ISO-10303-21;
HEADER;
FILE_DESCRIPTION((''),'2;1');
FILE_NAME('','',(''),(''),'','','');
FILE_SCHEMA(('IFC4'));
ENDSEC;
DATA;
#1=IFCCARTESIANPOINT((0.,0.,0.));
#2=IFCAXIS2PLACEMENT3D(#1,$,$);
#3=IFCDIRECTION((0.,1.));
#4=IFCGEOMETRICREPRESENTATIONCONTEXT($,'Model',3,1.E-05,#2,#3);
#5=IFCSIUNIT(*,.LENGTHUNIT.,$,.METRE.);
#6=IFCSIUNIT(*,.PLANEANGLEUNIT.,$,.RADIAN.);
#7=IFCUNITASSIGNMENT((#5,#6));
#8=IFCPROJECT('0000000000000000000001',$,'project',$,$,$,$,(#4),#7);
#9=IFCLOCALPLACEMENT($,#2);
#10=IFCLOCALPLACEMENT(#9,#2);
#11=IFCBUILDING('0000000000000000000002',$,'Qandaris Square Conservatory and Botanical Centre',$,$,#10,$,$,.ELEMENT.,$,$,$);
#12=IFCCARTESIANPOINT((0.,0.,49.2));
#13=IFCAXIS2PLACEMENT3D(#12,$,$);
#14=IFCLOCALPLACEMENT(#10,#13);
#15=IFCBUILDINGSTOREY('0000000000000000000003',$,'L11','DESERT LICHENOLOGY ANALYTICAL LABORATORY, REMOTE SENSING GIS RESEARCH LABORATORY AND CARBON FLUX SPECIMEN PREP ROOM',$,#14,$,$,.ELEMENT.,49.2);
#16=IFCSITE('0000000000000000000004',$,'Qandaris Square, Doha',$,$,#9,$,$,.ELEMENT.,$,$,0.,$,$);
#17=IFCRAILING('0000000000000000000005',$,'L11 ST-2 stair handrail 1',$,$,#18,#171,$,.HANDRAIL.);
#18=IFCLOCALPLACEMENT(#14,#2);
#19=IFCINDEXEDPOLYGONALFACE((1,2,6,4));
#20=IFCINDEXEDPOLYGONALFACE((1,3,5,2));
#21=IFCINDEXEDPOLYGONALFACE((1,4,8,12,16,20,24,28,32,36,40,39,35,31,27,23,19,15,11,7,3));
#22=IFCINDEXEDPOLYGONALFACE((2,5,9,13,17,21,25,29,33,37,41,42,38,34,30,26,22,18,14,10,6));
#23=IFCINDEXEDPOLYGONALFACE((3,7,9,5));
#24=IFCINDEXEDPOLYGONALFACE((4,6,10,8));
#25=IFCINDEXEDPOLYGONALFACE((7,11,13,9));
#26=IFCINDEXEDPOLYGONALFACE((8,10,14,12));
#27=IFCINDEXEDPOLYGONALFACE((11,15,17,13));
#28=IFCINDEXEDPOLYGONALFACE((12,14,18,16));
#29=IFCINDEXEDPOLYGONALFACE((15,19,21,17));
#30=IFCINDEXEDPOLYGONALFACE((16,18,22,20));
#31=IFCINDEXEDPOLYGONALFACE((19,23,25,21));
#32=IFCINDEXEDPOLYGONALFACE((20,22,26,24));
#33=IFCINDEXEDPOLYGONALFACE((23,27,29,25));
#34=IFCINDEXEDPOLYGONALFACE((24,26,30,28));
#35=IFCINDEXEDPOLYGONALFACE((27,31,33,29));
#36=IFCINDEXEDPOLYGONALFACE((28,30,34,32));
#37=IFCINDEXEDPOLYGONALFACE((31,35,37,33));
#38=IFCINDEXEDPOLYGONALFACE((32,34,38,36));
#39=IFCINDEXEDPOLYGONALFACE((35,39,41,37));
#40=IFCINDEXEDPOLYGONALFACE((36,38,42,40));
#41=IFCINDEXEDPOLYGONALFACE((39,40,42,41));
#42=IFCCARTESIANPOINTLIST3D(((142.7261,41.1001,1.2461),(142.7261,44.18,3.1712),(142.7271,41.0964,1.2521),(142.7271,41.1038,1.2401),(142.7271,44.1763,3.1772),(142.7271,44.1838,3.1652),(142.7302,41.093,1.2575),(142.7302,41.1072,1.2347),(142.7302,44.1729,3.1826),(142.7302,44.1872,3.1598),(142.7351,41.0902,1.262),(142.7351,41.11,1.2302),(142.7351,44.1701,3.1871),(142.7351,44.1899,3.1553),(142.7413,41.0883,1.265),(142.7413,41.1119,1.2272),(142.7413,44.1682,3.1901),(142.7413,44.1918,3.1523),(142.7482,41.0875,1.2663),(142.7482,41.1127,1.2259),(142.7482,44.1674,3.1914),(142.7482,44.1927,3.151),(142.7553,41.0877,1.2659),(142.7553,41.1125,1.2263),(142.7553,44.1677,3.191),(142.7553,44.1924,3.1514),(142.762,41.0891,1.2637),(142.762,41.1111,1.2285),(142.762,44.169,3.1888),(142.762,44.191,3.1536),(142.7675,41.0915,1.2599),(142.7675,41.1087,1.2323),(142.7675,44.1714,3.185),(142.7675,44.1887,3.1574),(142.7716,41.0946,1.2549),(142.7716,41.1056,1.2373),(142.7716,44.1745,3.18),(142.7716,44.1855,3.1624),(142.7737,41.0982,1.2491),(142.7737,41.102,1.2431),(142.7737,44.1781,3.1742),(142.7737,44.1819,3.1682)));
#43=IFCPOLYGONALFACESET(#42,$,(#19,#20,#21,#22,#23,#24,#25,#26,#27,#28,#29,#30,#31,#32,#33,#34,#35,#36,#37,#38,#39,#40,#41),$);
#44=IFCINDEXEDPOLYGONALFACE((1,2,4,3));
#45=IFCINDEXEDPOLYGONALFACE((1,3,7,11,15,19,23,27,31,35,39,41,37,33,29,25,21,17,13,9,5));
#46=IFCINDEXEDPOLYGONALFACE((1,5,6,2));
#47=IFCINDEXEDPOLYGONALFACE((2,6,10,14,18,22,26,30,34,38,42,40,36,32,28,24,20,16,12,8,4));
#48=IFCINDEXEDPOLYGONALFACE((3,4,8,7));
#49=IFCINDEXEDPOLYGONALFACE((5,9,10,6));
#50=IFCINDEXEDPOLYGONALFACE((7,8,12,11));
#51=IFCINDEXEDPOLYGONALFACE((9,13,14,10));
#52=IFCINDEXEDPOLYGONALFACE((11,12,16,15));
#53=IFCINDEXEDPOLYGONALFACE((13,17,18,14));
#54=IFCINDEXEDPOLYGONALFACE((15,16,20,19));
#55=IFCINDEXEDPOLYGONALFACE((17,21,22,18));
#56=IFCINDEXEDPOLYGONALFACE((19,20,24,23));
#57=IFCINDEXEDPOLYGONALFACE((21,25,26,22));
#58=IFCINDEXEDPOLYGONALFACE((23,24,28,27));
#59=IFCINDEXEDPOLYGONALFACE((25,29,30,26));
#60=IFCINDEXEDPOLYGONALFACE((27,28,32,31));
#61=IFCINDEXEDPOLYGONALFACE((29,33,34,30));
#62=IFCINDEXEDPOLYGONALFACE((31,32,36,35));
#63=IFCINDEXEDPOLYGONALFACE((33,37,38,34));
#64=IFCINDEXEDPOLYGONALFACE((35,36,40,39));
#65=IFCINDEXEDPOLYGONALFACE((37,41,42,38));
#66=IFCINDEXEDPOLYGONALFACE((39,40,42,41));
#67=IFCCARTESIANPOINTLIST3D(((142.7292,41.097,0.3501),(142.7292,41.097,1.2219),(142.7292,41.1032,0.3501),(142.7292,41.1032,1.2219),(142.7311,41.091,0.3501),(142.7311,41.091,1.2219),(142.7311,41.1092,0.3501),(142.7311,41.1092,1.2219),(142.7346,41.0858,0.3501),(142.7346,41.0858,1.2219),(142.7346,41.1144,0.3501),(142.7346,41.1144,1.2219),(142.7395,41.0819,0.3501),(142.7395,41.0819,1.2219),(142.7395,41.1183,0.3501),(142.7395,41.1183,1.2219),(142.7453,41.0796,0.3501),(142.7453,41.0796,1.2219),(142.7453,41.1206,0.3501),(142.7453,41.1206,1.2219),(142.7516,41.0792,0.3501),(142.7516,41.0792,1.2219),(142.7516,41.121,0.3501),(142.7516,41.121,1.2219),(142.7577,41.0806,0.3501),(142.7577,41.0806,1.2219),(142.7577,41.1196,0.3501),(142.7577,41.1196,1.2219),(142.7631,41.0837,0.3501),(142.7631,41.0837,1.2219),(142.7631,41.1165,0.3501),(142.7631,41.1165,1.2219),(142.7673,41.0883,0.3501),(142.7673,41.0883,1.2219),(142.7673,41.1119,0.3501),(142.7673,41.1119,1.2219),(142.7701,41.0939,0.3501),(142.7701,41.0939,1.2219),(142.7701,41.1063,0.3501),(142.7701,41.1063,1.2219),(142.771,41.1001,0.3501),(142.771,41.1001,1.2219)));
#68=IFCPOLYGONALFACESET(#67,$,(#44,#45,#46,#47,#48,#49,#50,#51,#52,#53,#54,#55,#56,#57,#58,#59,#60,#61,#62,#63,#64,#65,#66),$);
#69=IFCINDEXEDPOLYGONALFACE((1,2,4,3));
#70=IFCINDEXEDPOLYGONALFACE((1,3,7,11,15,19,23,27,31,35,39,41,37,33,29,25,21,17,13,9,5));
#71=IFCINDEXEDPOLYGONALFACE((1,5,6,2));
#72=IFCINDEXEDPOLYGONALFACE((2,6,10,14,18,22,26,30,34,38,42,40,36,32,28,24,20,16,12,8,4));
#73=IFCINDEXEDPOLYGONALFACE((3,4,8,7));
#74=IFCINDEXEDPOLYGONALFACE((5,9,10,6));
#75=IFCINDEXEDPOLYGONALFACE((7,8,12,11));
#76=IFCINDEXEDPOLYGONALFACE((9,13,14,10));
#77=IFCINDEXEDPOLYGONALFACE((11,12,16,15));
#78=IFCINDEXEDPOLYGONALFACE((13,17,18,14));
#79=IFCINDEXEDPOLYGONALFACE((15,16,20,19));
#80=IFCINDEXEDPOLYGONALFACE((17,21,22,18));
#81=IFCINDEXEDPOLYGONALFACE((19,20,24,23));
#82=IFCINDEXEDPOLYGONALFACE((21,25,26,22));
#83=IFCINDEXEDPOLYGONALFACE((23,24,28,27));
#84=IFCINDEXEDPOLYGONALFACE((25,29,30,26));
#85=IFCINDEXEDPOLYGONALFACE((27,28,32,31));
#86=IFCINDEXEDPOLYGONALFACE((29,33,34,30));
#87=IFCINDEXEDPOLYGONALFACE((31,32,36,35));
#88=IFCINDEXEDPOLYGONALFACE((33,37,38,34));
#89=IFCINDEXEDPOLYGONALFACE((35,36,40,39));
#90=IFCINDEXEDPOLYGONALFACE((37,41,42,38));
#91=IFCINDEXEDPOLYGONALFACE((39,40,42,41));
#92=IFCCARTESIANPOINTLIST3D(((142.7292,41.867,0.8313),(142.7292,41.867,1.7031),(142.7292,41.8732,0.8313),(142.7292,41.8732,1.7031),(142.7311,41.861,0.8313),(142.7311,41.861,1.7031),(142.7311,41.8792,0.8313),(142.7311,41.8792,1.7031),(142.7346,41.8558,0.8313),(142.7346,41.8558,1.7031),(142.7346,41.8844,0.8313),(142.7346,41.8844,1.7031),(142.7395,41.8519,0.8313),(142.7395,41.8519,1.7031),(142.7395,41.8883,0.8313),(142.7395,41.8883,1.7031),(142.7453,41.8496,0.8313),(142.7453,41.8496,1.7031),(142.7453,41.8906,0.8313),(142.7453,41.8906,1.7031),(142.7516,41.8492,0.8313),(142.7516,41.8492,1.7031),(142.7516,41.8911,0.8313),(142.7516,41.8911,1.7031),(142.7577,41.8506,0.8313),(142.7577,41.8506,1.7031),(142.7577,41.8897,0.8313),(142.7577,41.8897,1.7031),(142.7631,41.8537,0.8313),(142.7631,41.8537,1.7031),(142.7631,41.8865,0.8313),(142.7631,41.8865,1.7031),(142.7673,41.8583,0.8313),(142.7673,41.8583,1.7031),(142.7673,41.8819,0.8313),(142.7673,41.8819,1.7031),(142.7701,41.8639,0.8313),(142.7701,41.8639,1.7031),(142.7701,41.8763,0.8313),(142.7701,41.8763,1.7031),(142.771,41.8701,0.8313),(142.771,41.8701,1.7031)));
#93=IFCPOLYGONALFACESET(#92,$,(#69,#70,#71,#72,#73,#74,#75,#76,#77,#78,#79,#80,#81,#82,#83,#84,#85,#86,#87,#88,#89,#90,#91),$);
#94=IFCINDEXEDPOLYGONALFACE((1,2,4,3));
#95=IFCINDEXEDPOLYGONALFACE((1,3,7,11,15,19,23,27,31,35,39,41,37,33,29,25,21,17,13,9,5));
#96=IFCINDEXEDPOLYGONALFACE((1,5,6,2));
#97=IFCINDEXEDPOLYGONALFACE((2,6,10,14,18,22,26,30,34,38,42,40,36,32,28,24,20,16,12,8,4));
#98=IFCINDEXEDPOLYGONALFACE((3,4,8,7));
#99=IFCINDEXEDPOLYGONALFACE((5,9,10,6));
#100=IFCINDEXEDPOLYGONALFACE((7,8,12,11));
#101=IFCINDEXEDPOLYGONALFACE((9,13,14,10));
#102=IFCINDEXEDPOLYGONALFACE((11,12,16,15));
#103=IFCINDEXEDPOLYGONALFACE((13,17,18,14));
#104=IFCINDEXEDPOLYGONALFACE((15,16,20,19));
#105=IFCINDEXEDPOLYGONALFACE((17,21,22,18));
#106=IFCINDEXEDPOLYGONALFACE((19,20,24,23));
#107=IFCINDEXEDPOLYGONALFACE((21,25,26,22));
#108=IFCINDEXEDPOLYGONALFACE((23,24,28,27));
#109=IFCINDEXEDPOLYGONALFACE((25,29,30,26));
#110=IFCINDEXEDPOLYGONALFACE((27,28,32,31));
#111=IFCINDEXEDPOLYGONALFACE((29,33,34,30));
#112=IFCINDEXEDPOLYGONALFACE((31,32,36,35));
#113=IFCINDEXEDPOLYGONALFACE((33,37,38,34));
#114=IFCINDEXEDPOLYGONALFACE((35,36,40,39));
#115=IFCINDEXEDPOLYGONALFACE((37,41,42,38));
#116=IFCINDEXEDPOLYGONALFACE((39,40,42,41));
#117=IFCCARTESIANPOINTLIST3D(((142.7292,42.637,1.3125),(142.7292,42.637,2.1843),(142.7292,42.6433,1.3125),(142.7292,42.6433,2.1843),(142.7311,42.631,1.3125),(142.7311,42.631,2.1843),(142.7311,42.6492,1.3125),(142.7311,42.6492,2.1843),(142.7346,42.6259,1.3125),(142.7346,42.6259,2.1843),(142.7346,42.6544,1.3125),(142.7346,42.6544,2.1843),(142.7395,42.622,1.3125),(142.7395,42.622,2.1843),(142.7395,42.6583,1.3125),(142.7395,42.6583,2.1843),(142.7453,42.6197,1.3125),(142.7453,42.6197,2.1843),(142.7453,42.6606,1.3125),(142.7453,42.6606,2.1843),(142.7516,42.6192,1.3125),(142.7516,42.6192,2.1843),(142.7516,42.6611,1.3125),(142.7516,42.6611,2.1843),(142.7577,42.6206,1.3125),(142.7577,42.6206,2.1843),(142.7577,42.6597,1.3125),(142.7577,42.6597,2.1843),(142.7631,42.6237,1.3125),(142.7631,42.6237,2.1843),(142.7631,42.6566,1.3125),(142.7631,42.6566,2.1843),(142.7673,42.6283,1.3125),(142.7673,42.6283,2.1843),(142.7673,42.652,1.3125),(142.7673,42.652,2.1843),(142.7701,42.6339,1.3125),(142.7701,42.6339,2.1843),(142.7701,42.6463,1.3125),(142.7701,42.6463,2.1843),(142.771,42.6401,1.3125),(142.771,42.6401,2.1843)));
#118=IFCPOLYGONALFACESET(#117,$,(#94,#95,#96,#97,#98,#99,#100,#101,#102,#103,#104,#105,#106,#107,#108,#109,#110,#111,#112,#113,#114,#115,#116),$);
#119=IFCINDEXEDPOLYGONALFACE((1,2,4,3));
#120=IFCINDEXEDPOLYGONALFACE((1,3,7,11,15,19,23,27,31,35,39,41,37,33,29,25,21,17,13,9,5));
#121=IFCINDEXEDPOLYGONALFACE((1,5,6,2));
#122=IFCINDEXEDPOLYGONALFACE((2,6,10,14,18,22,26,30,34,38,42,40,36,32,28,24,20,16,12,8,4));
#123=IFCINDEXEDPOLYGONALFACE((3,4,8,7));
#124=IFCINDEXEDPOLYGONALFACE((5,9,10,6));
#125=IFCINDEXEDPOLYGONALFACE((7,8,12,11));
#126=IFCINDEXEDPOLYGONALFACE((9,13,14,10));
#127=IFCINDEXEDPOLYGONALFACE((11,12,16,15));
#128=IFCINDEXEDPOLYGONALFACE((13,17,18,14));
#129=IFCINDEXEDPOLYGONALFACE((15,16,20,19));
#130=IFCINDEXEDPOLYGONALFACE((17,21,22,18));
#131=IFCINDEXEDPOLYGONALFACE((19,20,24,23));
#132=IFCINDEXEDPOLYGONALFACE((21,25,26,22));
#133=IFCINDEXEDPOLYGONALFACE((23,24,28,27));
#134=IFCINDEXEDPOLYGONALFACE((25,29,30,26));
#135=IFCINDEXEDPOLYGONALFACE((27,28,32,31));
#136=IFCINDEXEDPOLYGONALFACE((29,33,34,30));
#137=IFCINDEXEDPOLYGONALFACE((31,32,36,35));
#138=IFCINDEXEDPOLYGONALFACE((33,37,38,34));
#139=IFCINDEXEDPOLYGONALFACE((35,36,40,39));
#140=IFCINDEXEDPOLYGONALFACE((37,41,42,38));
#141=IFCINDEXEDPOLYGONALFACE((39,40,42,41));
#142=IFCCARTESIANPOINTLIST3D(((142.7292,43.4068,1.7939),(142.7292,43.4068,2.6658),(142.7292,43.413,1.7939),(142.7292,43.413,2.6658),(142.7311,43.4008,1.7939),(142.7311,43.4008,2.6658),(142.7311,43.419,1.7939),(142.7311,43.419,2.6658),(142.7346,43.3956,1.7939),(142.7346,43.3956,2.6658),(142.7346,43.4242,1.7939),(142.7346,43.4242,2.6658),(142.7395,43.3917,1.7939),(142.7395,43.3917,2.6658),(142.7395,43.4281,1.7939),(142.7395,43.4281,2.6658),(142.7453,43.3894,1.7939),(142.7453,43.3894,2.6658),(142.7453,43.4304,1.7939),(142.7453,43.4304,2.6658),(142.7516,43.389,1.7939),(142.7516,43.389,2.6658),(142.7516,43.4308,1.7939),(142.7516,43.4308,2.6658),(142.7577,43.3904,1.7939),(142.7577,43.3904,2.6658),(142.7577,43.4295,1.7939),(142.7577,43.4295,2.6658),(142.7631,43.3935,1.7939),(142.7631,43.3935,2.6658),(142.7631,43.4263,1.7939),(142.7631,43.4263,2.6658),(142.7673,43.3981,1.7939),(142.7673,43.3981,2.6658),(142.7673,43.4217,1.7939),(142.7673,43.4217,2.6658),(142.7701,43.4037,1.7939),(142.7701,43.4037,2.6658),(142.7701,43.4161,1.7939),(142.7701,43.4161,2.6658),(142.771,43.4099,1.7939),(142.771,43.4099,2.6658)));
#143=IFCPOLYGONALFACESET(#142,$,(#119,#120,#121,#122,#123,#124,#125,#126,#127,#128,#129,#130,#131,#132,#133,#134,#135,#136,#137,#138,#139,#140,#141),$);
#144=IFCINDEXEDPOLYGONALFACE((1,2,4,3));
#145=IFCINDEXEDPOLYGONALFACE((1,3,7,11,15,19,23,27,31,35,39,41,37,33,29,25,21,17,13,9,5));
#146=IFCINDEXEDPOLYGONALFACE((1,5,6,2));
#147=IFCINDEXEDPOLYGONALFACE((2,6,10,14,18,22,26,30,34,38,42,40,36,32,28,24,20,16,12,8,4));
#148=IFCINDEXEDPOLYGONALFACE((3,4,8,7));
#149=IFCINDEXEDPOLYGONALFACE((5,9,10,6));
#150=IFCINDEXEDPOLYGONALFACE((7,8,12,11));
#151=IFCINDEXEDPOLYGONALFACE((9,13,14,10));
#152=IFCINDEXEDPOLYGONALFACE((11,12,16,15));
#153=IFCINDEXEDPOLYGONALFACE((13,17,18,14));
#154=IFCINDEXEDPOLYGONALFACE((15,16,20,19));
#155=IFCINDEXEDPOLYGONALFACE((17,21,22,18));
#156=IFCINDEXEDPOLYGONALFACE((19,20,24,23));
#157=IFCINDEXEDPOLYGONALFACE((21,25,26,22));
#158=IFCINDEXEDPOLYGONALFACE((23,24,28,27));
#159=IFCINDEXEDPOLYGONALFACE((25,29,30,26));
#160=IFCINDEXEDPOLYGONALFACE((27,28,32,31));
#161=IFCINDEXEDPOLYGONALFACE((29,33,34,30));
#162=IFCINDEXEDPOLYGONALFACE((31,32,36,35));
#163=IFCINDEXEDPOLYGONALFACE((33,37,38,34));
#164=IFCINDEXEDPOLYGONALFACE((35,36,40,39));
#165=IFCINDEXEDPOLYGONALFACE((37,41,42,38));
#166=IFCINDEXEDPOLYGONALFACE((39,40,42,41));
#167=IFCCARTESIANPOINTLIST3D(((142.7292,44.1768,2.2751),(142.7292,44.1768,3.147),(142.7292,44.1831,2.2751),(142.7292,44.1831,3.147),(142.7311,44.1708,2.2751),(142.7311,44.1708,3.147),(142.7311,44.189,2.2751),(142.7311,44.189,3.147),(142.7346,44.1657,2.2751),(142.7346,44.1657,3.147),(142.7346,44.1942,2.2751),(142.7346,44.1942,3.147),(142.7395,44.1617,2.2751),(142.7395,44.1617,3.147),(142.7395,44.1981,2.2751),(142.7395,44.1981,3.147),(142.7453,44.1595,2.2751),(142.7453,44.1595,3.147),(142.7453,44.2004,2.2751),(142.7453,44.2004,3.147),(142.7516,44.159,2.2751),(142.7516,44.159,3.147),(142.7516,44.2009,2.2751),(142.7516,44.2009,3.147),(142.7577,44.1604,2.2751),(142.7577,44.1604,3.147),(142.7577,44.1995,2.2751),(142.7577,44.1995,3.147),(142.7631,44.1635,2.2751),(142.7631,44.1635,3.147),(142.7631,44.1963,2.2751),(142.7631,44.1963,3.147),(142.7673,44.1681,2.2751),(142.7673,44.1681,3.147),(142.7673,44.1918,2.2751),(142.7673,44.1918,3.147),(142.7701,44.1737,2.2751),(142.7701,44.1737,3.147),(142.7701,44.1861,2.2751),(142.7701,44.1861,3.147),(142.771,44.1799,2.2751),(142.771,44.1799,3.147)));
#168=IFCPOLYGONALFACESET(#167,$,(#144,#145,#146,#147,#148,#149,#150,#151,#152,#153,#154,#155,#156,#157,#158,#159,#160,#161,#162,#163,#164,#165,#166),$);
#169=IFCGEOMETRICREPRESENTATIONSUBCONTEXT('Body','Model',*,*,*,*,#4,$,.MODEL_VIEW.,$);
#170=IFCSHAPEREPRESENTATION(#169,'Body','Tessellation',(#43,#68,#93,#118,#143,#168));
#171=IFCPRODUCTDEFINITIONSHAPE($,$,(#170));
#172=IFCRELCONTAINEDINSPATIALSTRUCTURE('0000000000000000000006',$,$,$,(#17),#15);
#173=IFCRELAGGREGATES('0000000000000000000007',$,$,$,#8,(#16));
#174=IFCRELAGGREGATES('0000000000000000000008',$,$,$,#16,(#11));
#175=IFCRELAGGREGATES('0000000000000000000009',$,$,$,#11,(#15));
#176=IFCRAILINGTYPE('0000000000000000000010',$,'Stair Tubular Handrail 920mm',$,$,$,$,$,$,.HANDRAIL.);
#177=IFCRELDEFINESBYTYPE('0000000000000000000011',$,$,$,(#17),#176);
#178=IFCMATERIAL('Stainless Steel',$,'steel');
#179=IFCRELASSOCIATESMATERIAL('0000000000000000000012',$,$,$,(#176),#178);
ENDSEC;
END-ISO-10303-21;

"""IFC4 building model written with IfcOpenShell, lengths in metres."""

from ifc_helpers import new_model, si_unit, direction, frame, origin, origin_2d, place, context, subcontext, project, spatial, circle, extrude, material, type_object, element, save


model = new_model("IFC4")

# Units and contexts
model_context = context("Model", 3, precision=1e-05, world=origin(), true_north=direction((0.0, 1.0)))
body_context = subcontext(model_context, "Body", "Model", "MODEL_VIEW")
ifc_project = project(units=[si_unit("LENGTHUNIT", "METRE"), si_unit("PLANEANGLEUNIT", "RADIAN")], contexts=[model_context])

# Site, building, storey
site_placement = place(None, origin())
site = spatial("IfcSite", under=ifc_project, at=site_placement, Name="Qandaris Square, Doha", CompositionType="ELEMENT", RefElevation=0.0)
building_placement = place(site_placement, origin())
building = spatial("IfcBuilding", under=site, at=building_placement, Name="Qandaris Square Conservatory and Botanical Centre", CompositionType="ELEMENT")
storey_placement = place(building_placement, frame((0.0, 0.0, 49.2)))
storey = spatial("IfcBuildingStorey", under=building, at=storey_placement, Name="L11", Description="DESERT LICHENOLOGY ANALYTICAL LABORATORY, REMOTE SENSING GIS RESEARCH LABORATORY AND CARBON FLUX SPECIMEN PREP ROOM", CompositionType="ELEMENT", Elevation=49.2)

# Railing
ifc_material_1 = material(Name="Stainless Steel", Category="steel")
railing_type_1 = type_object("IfcRailingType", Name="Stair Tubular Handrail 920mm", PredefinedType="HANDRAIL", material=ifc_material_1)
railing_1_placement = place(storey_placement, frame((142.75, 41.1001, 0.3501)))
element("IfcRailing", 1, at=railing_1_placement, inside=storey, type_object=railing_type_1, Name="L11 ST-2 stair handrail 1", PredefinedType="HANDRAIL", context=body_context, shape_type="SweptSolid", body=[
    extrude(circle(Radius=0.0239, at=origin_2d()), frame((0.0, 0.0, 0.896), z_axis=(0.0, 0.847979, 0.530029), x_axis=(-1.0, 0.0, 0.0)), (0.0, 0.0, 1.0), 3.6321),
    extrude(circle(Radius=0.021, at=origin_2d()), origin(), (0.0, 0.0, 1.0), 0.8718),
    extrude(circle(Radius=0.021, at=origin_2d()), frame((0.0, 0.77, 0.4812)), (0.0, 0.0, 1.0), 0.8718),
    extrude(circle(Radius=0.021, at=origin_2d()), frame((0.0, 1.54, 0.9624)), (0.0, 0.0, 1.0), 0.8718),
    extrude(circle(Radius=0.021, at=origin_2d()), frame((0.0, 2.3098, 1.4438)), (0.0, 0.0, 1.0), 0.8718),
    extrude(circle(Radius=0.021, at=origin_2d()), frame((0.0, 3.0798, 1.925)), (0.0, 0.0, 1.0), 0.8718),
])

save(model, "model.ifc")
